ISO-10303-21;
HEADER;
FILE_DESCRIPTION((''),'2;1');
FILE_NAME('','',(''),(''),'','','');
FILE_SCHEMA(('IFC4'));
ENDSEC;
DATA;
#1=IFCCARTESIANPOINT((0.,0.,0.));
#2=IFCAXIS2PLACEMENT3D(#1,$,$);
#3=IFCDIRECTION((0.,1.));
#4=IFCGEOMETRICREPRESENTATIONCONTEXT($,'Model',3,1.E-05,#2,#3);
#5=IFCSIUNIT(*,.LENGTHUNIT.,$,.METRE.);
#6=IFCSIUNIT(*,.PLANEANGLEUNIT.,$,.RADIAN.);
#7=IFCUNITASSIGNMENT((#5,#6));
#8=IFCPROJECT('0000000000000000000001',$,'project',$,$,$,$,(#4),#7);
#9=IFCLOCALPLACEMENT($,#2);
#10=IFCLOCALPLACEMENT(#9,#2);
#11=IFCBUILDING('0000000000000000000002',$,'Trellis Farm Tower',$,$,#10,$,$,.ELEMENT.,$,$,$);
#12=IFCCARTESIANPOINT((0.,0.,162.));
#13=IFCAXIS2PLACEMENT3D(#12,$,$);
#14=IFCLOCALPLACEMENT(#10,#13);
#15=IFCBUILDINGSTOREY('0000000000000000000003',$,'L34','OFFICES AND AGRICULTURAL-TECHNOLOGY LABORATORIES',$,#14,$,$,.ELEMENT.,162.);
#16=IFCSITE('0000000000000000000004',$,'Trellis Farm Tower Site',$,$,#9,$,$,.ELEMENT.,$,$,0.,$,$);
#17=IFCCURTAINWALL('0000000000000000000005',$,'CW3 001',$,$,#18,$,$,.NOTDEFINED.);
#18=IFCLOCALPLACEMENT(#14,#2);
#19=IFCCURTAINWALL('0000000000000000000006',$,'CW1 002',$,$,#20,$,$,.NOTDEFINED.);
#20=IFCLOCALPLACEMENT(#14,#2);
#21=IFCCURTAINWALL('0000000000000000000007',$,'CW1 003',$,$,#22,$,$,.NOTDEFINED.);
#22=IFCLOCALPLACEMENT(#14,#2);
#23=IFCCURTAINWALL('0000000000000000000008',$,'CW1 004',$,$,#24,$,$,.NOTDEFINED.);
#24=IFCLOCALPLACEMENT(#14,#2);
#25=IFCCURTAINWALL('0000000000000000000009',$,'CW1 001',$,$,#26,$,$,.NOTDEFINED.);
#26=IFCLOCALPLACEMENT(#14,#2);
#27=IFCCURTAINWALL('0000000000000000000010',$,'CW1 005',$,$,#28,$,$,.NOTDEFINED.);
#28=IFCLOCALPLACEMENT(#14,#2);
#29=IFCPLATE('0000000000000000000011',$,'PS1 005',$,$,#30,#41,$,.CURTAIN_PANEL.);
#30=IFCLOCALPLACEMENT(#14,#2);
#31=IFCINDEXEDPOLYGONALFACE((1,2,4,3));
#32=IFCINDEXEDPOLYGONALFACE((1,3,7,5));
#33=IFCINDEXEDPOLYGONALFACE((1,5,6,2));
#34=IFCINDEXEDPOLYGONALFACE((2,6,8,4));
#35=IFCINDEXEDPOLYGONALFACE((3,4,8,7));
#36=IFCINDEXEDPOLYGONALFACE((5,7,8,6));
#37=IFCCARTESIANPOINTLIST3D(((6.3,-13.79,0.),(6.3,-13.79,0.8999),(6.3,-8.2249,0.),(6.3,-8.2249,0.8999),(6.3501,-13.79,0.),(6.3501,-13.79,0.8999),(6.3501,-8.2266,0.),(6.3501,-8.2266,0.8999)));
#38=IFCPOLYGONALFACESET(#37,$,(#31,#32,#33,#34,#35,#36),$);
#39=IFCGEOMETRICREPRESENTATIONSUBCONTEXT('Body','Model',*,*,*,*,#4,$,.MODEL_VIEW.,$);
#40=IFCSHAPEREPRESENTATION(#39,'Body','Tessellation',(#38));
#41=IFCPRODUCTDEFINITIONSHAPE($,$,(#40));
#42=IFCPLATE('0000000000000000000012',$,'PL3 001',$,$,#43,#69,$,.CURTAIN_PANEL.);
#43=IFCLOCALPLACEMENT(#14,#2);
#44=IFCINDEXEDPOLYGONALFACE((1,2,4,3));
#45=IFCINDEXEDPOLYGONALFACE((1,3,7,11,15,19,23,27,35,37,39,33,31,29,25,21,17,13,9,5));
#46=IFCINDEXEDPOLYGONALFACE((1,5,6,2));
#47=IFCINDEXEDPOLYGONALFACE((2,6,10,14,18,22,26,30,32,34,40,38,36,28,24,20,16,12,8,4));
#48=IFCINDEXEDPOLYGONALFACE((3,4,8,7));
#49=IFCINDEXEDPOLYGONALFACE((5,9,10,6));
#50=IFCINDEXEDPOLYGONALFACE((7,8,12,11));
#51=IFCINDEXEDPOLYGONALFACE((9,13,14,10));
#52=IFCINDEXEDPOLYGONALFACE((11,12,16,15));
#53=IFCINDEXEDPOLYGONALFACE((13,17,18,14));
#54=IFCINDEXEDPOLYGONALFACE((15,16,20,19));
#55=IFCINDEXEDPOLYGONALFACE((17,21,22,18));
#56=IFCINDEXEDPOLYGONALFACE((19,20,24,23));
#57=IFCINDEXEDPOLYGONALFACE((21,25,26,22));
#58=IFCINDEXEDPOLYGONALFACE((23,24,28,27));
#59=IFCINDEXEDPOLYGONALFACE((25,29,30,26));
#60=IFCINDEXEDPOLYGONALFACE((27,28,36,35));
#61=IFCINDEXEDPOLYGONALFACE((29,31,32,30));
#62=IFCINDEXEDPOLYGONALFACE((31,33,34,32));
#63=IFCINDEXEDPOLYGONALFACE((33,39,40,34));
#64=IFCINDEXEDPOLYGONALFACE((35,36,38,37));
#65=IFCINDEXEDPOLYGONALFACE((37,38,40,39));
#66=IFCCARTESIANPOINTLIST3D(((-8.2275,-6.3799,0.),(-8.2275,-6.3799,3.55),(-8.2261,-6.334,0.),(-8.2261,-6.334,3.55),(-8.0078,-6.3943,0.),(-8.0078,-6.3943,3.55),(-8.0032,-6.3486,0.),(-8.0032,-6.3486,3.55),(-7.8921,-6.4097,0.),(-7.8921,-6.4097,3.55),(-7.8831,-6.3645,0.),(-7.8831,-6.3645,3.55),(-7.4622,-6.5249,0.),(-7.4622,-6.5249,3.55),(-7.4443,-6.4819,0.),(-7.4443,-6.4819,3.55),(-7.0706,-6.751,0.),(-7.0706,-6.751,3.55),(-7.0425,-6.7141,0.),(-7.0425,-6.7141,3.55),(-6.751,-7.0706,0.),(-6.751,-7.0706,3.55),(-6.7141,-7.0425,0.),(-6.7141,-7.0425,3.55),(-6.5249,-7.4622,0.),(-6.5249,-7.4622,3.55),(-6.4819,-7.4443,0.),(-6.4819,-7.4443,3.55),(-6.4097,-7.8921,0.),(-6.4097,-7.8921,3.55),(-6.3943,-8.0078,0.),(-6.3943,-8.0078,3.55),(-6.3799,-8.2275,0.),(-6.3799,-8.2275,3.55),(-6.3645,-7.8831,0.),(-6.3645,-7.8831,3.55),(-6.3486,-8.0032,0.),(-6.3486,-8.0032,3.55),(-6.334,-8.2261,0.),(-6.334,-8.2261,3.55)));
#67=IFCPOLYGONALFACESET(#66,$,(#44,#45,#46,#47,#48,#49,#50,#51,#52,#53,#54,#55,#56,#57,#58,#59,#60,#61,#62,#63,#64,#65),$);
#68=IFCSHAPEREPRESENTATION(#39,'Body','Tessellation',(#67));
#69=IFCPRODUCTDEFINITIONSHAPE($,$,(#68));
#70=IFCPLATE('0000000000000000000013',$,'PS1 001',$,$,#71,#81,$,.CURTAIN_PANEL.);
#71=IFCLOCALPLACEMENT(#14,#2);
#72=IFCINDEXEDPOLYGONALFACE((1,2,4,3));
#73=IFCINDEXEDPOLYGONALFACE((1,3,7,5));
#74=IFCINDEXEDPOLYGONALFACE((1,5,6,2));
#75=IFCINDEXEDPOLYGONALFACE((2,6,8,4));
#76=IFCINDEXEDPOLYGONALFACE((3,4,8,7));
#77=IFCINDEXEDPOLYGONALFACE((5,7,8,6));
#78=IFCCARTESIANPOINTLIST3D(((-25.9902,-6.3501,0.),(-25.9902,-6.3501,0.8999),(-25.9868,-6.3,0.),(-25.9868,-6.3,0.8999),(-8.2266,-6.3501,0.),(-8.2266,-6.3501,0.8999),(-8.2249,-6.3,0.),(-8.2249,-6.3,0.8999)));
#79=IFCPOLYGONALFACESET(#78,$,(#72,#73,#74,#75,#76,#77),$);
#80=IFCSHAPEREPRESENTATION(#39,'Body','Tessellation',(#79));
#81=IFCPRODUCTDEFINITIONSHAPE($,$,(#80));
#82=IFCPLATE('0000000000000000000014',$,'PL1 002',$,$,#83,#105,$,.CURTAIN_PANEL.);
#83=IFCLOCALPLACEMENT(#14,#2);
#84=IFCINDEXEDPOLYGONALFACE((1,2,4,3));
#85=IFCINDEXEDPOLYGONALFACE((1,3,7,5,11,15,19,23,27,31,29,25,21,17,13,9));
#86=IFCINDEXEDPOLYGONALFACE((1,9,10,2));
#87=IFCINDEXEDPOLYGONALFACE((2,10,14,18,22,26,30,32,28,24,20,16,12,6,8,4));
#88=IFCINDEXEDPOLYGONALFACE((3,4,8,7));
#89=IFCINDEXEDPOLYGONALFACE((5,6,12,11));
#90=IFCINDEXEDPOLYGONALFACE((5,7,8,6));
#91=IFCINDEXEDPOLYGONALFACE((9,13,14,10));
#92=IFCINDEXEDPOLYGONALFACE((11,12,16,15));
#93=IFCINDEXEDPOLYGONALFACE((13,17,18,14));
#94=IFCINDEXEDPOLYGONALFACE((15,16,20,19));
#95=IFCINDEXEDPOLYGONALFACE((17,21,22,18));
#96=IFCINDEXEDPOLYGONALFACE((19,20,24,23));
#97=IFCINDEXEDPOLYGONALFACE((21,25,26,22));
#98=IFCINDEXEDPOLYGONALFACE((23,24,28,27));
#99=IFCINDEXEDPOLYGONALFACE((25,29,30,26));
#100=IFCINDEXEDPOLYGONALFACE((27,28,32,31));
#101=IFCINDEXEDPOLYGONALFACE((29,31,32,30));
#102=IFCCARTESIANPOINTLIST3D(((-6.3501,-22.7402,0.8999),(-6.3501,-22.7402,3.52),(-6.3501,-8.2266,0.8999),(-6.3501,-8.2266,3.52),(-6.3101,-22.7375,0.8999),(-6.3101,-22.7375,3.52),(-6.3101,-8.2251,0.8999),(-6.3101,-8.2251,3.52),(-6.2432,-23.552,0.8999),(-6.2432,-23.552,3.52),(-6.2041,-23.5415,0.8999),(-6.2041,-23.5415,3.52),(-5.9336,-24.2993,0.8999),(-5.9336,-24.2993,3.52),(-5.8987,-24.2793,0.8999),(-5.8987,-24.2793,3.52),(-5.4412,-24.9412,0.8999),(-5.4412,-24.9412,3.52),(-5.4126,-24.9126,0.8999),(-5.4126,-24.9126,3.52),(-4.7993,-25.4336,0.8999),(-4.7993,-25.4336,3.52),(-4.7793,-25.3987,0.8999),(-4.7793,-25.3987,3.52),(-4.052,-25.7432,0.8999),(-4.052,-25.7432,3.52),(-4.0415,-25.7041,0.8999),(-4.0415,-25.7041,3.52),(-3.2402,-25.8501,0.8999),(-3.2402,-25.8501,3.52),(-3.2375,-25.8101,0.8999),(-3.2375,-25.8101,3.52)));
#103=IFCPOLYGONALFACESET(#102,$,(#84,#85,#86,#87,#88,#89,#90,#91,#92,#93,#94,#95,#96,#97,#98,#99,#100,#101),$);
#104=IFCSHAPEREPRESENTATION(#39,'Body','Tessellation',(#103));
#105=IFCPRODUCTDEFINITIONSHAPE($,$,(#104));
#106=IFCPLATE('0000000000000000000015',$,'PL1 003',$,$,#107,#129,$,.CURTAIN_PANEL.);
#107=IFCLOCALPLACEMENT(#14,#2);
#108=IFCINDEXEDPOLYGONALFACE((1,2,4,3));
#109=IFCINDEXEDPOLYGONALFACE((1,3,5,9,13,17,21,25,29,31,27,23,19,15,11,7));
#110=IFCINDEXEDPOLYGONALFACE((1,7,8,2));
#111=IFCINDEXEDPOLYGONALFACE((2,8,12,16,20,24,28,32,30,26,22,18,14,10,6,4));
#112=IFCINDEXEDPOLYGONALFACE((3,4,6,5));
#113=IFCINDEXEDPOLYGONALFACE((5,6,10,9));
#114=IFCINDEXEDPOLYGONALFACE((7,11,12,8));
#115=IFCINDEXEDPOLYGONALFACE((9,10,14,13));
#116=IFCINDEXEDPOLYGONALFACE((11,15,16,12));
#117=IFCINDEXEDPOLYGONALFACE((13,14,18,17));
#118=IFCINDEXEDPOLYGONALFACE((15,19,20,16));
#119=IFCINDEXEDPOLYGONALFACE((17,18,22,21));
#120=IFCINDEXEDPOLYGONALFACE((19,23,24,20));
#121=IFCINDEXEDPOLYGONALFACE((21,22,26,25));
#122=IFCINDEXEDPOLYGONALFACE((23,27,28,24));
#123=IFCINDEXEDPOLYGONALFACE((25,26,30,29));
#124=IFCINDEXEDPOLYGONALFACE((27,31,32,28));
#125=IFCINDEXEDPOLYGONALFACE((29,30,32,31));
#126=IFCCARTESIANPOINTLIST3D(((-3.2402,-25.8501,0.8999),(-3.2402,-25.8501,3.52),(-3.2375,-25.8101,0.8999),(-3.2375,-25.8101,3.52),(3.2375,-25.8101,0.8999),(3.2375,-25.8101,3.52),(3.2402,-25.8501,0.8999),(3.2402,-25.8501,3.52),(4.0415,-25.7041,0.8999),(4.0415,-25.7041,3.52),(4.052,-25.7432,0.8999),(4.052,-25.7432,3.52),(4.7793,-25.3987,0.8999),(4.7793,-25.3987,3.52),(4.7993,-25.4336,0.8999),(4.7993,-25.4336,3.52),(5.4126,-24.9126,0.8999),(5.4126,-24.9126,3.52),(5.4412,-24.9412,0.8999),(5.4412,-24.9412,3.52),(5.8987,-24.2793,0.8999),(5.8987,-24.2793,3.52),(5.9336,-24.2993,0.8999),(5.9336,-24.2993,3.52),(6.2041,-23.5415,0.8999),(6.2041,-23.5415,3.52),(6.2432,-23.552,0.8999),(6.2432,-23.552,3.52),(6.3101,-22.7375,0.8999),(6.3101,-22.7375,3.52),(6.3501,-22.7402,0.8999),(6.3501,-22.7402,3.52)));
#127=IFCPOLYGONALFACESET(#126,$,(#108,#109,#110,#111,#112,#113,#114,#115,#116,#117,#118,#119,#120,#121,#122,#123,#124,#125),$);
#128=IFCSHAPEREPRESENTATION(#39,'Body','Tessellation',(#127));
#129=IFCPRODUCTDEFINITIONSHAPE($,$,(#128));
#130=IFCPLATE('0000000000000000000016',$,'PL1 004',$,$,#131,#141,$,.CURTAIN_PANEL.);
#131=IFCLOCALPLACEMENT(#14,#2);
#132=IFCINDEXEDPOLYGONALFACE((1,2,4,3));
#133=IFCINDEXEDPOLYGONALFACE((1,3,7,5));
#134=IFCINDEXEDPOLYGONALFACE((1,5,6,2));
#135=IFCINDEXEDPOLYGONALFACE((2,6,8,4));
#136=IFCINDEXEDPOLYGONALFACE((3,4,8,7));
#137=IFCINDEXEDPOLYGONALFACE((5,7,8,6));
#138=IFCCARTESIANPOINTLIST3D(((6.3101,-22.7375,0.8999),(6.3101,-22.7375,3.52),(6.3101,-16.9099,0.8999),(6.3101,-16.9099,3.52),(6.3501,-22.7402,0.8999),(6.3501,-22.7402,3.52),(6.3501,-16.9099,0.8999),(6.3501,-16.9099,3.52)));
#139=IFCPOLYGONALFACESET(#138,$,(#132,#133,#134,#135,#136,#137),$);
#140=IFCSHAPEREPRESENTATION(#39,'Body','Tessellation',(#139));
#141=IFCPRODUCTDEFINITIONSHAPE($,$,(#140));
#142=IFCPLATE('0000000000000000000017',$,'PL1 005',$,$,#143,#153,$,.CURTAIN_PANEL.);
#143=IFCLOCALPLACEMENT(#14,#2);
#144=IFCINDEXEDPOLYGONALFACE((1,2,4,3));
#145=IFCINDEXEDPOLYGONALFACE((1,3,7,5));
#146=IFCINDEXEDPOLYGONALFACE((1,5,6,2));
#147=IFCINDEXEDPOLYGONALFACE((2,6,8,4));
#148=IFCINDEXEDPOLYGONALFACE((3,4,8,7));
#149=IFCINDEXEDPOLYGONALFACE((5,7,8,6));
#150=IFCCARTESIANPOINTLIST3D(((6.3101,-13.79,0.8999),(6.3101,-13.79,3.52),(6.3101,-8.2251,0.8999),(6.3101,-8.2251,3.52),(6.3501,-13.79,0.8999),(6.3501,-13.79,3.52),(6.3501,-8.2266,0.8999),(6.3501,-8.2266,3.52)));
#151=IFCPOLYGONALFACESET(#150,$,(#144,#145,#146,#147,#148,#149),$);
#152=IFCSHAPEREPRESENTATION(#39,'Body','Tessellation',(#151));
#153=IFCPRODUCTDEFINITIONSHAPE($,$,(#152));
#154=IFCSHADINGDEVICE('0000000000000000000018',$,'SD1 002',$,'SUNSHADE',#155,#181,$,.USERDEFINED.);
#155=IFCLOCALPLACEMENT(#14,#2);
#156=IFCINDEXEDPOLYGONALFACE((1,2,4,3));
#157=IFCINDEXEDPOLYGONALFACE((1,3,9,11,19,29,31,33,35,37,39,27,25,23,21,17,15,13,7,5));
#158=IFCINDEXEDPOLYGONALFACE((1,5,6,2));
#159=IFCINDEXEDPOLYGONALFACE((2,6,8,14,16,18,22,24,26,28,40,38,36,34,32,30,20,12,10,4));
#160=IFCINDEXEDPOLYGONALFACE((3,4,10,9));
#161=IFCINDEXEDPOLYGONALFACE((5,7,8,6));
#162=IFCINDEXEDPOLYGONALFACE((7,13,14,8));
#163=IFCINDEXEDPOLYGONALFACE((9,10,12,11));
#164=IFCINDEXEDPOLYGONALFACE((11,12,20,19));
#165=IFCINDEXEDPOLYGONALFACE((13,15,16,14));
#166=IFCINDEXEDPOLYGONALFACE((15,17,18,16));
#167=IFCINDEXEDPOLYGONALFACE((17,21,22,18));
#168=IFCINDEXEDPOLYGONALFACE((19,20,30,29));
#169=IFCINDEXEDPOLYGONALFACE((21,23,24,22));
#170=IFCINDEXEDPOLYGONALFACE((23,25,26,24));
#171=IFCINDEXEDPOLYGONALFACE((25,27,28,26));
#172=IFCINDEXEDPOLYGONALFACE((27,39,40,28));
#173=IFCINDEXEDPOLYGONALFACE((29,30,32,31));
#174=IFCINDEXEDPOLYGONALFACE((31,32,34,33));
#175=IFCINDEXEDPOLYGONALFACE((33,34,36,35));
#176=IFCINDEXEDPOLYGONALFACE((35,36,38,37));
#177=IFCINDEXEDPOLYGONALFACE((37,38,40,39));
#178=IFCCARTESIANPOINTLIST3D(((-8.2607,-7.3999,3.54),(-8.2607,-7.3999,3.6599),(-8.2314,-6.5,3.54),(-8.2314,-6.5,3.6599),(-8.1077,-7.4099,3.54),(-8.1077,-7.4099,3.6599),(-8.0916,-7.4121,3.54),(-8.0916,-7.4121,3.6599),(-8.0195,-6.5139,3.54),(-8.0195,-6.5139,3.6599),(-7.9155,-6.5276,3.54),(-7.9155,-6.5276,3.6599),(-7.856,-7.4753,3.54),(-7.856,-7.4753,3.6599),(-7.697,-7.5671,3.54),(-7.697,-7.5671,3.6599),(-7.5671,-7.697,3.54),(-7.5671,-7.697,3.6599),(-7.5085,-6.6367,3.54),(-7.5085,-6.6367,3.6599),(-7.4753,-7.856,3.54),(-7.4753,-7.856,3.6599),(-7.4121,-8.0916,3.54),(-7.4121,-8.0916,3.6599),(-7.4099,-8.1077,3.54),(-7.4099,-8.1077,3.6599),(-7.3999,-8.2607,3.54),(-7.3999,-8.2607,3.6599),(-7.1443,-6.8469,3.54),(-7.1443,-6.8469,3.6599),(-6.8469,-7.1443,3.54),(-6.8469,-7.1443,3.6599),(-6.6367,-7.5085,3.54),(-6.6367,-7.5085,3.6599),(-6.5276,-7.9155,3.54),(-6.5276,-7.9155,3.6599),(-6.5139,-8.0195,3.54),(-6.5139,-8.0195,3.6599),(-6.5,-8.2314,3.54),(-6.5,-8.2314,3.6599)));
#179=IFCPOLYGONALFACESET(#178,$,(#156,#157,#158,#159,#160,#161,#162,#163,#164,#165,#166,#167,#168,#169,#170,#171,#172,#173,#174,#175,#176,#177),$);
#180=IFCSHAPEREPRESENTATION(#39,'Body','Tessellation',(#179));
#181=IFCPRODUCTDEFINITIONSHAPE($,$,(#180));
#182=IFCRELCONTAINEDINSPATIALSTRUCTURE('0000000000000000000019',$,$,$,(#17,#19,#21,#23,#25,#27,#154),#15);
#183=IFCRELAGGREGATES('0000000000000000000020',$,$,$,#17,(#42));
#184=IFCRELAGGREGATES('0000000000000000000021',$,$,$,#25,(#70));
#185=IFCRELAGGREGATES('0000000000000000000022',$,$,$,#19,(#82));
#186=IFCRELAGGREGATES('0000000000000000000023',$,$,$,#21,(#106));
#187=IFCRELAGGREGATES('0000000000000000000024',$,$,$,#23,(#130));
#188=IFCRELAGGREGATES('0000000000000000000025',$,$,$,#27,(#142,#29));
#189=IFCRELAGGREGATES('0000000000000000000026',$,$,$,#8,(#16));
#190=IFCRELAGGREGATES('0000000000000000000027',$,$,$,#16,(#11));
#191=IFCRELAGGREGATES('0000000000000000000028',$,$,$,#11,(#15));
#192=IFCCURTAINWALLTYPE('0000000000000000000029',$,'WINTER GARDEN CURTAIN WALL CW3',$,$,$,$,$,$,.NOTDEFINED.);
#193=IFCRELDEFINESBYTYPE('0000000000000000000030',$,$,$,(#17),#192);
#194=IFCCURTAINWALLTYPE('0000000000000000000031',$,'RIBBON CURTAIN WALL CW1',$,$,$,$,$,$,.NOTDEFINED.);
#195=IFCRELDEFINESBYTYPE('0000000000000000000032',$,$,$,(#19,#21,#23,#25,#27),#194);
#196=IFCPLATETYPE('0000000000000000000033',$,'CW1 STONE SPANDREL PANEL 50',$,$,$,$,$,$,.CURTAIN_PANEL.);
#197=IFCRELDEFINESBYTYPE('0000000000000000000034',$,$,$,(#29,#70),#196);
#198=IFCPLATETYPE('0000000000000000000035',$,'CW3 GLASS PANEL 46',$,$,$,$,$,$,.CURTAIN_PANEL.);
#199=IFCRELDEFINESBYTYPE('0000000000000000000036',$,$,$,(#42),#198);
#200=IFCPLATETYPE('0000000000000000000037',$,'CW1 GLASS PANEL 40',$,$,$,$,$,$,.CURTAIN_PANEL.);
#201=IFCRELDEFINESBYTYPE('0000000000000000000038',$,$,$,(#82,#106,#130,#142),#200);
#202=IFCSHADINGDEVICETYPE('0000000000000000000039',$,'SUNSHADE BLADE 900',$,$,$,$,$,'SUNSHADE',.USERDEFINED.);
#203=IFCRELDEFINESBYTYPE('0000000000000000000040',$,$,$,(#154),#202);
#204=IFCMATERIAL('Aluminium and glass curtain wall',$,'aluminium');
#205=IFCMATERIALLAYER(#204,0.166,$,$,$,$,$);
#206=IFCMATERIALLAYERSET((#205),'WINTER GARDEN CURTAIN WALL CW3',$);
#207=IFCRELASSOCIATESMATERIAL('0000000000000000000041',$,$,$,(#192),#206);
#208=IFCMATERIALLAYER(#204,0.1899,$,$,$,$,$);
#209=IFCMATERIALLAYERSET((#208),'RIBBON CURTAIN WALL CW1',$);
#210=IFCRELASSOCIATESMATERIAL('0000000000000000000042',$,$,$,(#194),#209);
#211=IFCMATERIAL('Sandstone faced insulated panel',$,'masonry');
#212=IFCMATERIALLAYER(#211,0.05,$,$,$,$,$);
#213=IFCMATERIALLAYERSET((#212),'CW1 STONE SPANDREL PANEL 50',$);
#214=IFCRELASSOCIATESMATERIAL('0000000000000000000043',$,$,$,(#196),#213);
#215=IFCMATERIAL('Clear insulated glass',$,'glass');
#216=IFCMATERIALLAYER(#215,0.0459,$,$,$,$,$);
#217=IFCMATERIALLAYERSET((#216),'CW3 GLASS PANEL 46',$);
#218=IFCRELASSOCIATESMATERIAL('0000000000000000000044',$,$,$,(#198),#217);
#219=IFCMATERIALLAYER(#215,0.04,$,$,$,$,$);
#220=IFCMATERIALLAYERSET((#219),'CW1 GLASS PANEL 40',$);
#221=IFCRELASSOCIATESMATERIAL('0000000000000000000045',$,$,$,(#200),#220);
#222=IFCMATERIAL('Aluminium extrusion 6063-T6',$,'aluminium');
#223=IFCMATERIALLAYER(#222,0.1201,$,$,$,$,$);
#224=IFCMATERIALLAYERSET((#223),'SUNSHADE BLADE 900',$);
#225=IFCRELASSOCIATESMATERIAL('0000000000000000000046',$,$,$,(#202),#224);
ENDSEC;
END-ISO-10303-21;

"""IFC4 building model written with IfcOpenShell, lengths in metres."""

from ifc_helpers import new_model, si_unit, direction, frame, origin, place, context, subcontext, project, spatial, polyline, outline, extrude, source, transform, mapped, material, layer, layer_set, type_object, element, aggregate, save


model = new_model("IFC4")

# Units and contexts
model_context = context("Model", 3, precision=1e-05, world=origin(), true_north=direction((0.0, 1.0)))
body_context = subcontext(model_context, "Body", "Model", "MODEL_VIEW")
ifc_project = project(units=[si_unit("LENGTHUNIT", "METRE"), si_unit("PLANEANGLEUNIT", "RADIAN")], contexts=[model_context])

# Site, building, storey
site_placement = place(None, origin())
site = spatial("IfcSite", under=ifc_project, at=site_placement, Name="Trellis Farm Tower Site", CompositionType="ELEMENT", RefElevation=0.0)
building_placement = place(site_placement, origin())
building = spatial("IfcBuilding", under=site, at=building_placement, Name="Trellis Farm Tower", CompositionType="ELEMENT")
storey_placement = place(building_placement, frame((0.0, 0.0, 162.0)))
storey = spatial("IfcBuildingStorey", under=building, at=storey_placement, Name="L34", Description="OFFICES AND AGRICULTURAL-TECHNOLOGY LABORATORIES", CompositionType="ELEMENT", Elevation=162.0)

# Curtain walls
ifc_material_1 = material(Name="Aluminium and glass curtain wall", Category="aluminium")
ifc_layer_1 = layer(ifc_material_1, 0.166)
ifc_layer_set_1 = layer_set([ifc_layer_1], Name="WINTER GARDEN CURTAIN WALL CW3")
curtain_wall_type_1 = type_object("IfcCurtainWallType", Name="WINTER GARDEN CURTAIN WALL CW3", PredefinedType="NOTDEFINED", material=ifc_layer_set_1)
placement_1 = place(storey_placement, origin())
curtain_wall_1 = element("IfcCurtainWall", 1, at=placement_1, inside=storey, type_object=curtain_wall_type_1, Name="CW3 001", PredefinedType="NOTDEFINED")
ifc_material_2 = material(Name="Aluminium extrusion 6063-T6", Category="aluminium")
ifc_layer_2 = layer(ifc_material_1, 0.1899)
ifc_layer_set_2 = layer_set([ifc_layer_2], Name="RIBBON CURTAIN WALL CW1")
curtain_wall_type_2 = type_object("IfcCurtainWallType", Name="RIBBON CURTAIN WALL CW1", PredefinedType="NOTDEFINED", material=ifc_layer_set_2)
curtain_wall_2 = element("IfcCurtainWall", 2, at=placement_1, inside=storey, type_object=curtain_wall_type_2, Name="CW1 002", PredefinedType="NOTDEFINED")
curtain_wall_3 = element("IfcCurtainWall", 3, at=placement_1, inside=storey, type_object=curtain_wall_type_2, Name="CW1 003", PredefinedType="NOTDEFINED")
curtain_wall_4 = element("IfcCurtainWall", 4, at=placement_1, inside=storey, type_object=curtain_wall_type_2, Name="CW1 004", PredefinedType="NOTDEFINED")
curtain_wall_5 = element("IfcCurtainWall", 5, at=placement_1, inside=storey, type_object=curtain_wall_type_2, Name="CW1 001", PredefinedType="NOTDEFINED")

# Shared definitions
ifc_material_3 = material(Name="Sandstone faced insulated panel", Category="masonry")
ifc_layer_3 = layer(ifc_material_3, 0.05)
ifc_layer_set_3 = layer_set([ifc_layer_3], Name="CW1 STONE SPANDREL PANEL 50")
plate_type_1 = type_object("IfcPlateType", Name="CW1 STONE SPANDREL PANEL 50", PredefinedType="CURTAIN_PANEL", material=ifc_layer_set_3)

# Curtain wall, plate
curtain_wall_6 = element("IfcCurtainWall", 6, at=placement_1, inside=storey, type_object=curtain_wall_type_2, Name="CW1 005", PredefinedType="NOTDEFINED")
shared_shape_1 = source(origin(), body_context, "Body", "SweptSolid", [
    extrude(outline(polyline([(6.3501, -13.79), (6.3501, -8.2266), (6.3, -8.2249), (6.3, -13.79), (6.3501, -13.79)])), origin(), (0.0, 0.0, 1.0), 0.8999),
])
plate_1 = element("IfcPlate", 7, at=placement_1, type_object=plate_type_1, Name="PS1 005", PredefinedType="CURTAIN_PANEL", context=body_context, shape_type="MappedRepresentation", body=[
    mapped(shared_shape_1, transform((0.0, 0.0, 0.0))),
])

# Plates
ifc_material_4 = material(Name="Clear insulated glass", Category="glass")
ifc_layer_4 = layer(ifc_material_4, 0.0459)
ifc_layer_set_4 = layer_set([ifc_layer_4], Name="CW3 GLASS PANEL 46")
plate_type_2 = type_object("IfcPlateType", Name="CW3 GLASS PANEL 46", PredefinedType="CURTAIN_PANEL", material=ifc_layer_set_4)
shared_shape_2 = source(origin(), body_context, "Body", "SweptSolid", [
    extrude(outline(polyline([(-8.2275, -6.3799), (-8.0078, -6.3943), (-7.8921, -6.4097), (-7.4622, -6.5249), (-7.0706, -6.751), (-6.751, -7.0706), (-6.5249, -7.4622), (-6.4097, -7.8921), (-6.3943, -8.0078), (-6.3799, -8.2275), (-6.334, -8.2261), (-6.3486, -8.0032), (-6.3645, -7.8831), (-6.4819, -7.4443), (-6.7141, -7.0425), (-7.0425, -6.7141), (-7.4443, -6.4819), (-7.8831, -6.3645), (-8.0032, -6.3486), (-8.2261, -6.334), (-8.2275, -6.3799)])), origin(), (0.0, 0.0, 1.0), 3.55),
])
plate_2 = element("IfcPlate", 8, at=placement_1, type_object=plate_type_2, Name="PL3 001", PredefinedType="CURTAIN_PANEL", context=body_context, shape_type="MappedRepresentation", body=[
    mapped(shared_shape_2, transform((0.0, 0.0, 0.0))),
])
aggregate(curtain_wall_1, [plate_2])
shared_shape_3 = source(origin(), body_context, "Body", "SweptSolid", [
    extrude(outline(polyline([(-25.9902, -6.3501), (-8.2266, -6.3501), (-8.2249, -6.3), (-25.9868, -6.3), (-25.9902, -6.3501)])), origin(), (0.0, 0.0, 1.0), 0.8999),
])
plate_3 = element("IfcPlate", 9, at=placement_1, type_object=plate_type_1, Name="PS1 001", PredefinedType="CURTAIN_PANEL", context=body_context, shape_type="MappedRepresentation", body=[
    mapped(shared_shape_3, transform((0.0, 0.0, 0.0))),
])
aggregate(curtain_wall_5, [plate_3])
ifc_layer_5 = layer(ifc_material_4, 0.04)
ifc_layer_set_5 = layer_set([ifc_layer_5], Name="CW1 GLASS PANEL 40")
plate_type_3 = type_object("IfcPlateType", Name="CW1 GLASS PANEL 40", PredefinedType="CURTAIN_PANEL", material=ifc_layer_set_5)
shared_shape_4 = source(origin(), body_context, "Body", "SweptSolid", [
    extrude(outline(polyline([(-6.3501, -8.2266), (-6.3501, -22.7402), (-6.2432, -23.552), (-5.9336, -24.2993), (-5.4412, -24.9412), (-4.7993, -25.4336), (-4.052, -25.7432), (-3.2402, -25.8501), (-3.2375, -25.8101), (-4.0415, -25.7041), (-4.7793, -25.3987), (-5.4126, -24.9126), (-5.8987, -24.2793), (-6.2041, -23.5415), (-6.3101, -22.7375), (-6.3101, -8.2251), (-6.3501, -8.2266)])), origin(), (0.0, 0.0, 1.0), 2.6201),
])
placement_2 = place(storey_placement, frame((0.0, 0.0, 0.8999)))
plate_4 = element("IfcPlate", 10, at=placement_2, type_object=plate_type_3, Name="PL1 002", PredefinedType="CURTAIN_PANEL", context=body_context, shape_type="MappedRepresentation", body=[
    mapped(shared_shape_4, transform((0.0, 0.0, 0.0))),
])
aggregate(curtain_wall_2, [plate_4])
shared_shape_5 = source(origin(), body_context, "Body", "SweptSolid", [
    extrude(outline(polyline([(-3.2402, -25.8501), (3.2402, -25.8501), (4.052, -25.7432), (4.7993, -25.4336), (5.4412, -24.9412), (5.9336, -24.2993), (6.2432, -23.552), (6.3501, -22.7402), (6.3101, -22.7375), (6.2041, -23.5415), (5.8987, -24.2793), (5.4126, -24.9126), (4.7793, -25.3987), (4.0415, -25.7041), (3.2375, -25.8101), (-3.2375, -25.8101), (-3.2402, -25.8501)])), origin(), (0.0, 0.0, 1.0), 2.6201),
])
plate_5 = element("IfcPlate", 11, at=placement_2, type_object=plate_type_3, Name="PL1 003", PredefinedType="CURTAIN_PANEL", context=body_context, shape_type="MappedRepresentation", body=[
    mapped(shared_shape_5, transform((0.0, 0.0, 0.0))),
])
aggregate(curtain_wall_3, [plate_5])
shared_shape_6 = source(origin(), body_context, "Body", "SweptSolid", [
    extrude(outline(polyline([(6.3501, -22.7402), (6.3501, -16.9099), (6.3101, -16.9099), (6.3101, -22.7375), (6.3501, -22.7402)])), origin(), (0.0, 0.0, 1.0), 2.6201),
])
plate_6 = element("IfcPlate", 12, at=placement_2, type_object=plate_type_3, Name="PL1 004", PredefinedType="CURTAIN_PANEL", context=body_context, shape_type="MappedRepresentation", body=[
    mapped(shared_shape_6, transform((0.0, 0.0, 0.0))),
])
aggregate(curtain_wall_4, [plate_6])
shared_shape_7 = source(origin(), body_context, "Body", "SweptSolid", [
    extrude(outline(polyline([(6.3501, -13.79), (6.3501, -8.2266), (6.3101, -8.2251), (6.3101, -13.79), (6.3501, -13.79)])), origin(), (0.0, 0.0, 1.0), 2.6201),
])
plate_7 = element("IfcPlate", 13, at=placement_2, type_object=plate_type_3, Name="PL1 005", PredefinedType="CURTAIN_PANEL", context=body_context, shape_type="MappedRepresentation", body=[
    mapped(shared_shape_7, transform((0.0, 0.0, 0.0))),
])
aggregate(curtain_wall_6, [plate_7, plate_1])

# Shading device
ifc_layer_6 = layer(ifc_material_2, 0.1201)
ifc_layer_set_6 = layer_set([ifc_layer_6], Name="SUNSHADE BLADE 900")
shading_device_type_1 = type_object("IfcShadingDeviceType", Name="SUNSHADE BLADE 900", ElementType="SUNSHADE", PredefinedType="USERDEFINED", material=ifc_layer_set_6)
shared_shape_8 = source(origin(), body_context, "Body", "SweptSolid", [
    extrude(outline(polyline([(-8.2607, -7.3999), (-8.1077, -7.4099), (-8.0916, -7.4121), (-7.856, -7.4753), (-7.697, -7.5671), (-7.5671, -7.697), (-7.4753, -7.856), (-7.4121, -8.0916), (-7.4099, -8.1077), (-7.3999, -8.2607), (-6.5, -8.2314), (-6.5139, -8.0195), (-6.5276, -7.9155), (-6.6367, -7.5085), (-6.8469, -7.1443), (-7.1443, -6.8469), (-7.5085, -6.6367), (-7.9155, -6.5276), (-8.0195, -6.5139), (-8.2314, -6.5), (-8.2607, -7.3999)])), origin(), (0.0, 0.0, 1.0), 0.1199),
])
placement_3 = place(storey_placement, frame((0.0, 0.0, 3.54)))
element("IfcShadingDevice", 14, at=placement_3, inside=storey, type_object=shading_device_type_1, Name="SD1 002", ObjectType="SUNSHADE", PredefinedType="USERDEFINED", context=body_context, shape_type="MappedRepresentation", body=[
    mapped(shared_shape_8, transform((0.0, 0.0, 0.0))),
])

save(model, "model.ifc")
